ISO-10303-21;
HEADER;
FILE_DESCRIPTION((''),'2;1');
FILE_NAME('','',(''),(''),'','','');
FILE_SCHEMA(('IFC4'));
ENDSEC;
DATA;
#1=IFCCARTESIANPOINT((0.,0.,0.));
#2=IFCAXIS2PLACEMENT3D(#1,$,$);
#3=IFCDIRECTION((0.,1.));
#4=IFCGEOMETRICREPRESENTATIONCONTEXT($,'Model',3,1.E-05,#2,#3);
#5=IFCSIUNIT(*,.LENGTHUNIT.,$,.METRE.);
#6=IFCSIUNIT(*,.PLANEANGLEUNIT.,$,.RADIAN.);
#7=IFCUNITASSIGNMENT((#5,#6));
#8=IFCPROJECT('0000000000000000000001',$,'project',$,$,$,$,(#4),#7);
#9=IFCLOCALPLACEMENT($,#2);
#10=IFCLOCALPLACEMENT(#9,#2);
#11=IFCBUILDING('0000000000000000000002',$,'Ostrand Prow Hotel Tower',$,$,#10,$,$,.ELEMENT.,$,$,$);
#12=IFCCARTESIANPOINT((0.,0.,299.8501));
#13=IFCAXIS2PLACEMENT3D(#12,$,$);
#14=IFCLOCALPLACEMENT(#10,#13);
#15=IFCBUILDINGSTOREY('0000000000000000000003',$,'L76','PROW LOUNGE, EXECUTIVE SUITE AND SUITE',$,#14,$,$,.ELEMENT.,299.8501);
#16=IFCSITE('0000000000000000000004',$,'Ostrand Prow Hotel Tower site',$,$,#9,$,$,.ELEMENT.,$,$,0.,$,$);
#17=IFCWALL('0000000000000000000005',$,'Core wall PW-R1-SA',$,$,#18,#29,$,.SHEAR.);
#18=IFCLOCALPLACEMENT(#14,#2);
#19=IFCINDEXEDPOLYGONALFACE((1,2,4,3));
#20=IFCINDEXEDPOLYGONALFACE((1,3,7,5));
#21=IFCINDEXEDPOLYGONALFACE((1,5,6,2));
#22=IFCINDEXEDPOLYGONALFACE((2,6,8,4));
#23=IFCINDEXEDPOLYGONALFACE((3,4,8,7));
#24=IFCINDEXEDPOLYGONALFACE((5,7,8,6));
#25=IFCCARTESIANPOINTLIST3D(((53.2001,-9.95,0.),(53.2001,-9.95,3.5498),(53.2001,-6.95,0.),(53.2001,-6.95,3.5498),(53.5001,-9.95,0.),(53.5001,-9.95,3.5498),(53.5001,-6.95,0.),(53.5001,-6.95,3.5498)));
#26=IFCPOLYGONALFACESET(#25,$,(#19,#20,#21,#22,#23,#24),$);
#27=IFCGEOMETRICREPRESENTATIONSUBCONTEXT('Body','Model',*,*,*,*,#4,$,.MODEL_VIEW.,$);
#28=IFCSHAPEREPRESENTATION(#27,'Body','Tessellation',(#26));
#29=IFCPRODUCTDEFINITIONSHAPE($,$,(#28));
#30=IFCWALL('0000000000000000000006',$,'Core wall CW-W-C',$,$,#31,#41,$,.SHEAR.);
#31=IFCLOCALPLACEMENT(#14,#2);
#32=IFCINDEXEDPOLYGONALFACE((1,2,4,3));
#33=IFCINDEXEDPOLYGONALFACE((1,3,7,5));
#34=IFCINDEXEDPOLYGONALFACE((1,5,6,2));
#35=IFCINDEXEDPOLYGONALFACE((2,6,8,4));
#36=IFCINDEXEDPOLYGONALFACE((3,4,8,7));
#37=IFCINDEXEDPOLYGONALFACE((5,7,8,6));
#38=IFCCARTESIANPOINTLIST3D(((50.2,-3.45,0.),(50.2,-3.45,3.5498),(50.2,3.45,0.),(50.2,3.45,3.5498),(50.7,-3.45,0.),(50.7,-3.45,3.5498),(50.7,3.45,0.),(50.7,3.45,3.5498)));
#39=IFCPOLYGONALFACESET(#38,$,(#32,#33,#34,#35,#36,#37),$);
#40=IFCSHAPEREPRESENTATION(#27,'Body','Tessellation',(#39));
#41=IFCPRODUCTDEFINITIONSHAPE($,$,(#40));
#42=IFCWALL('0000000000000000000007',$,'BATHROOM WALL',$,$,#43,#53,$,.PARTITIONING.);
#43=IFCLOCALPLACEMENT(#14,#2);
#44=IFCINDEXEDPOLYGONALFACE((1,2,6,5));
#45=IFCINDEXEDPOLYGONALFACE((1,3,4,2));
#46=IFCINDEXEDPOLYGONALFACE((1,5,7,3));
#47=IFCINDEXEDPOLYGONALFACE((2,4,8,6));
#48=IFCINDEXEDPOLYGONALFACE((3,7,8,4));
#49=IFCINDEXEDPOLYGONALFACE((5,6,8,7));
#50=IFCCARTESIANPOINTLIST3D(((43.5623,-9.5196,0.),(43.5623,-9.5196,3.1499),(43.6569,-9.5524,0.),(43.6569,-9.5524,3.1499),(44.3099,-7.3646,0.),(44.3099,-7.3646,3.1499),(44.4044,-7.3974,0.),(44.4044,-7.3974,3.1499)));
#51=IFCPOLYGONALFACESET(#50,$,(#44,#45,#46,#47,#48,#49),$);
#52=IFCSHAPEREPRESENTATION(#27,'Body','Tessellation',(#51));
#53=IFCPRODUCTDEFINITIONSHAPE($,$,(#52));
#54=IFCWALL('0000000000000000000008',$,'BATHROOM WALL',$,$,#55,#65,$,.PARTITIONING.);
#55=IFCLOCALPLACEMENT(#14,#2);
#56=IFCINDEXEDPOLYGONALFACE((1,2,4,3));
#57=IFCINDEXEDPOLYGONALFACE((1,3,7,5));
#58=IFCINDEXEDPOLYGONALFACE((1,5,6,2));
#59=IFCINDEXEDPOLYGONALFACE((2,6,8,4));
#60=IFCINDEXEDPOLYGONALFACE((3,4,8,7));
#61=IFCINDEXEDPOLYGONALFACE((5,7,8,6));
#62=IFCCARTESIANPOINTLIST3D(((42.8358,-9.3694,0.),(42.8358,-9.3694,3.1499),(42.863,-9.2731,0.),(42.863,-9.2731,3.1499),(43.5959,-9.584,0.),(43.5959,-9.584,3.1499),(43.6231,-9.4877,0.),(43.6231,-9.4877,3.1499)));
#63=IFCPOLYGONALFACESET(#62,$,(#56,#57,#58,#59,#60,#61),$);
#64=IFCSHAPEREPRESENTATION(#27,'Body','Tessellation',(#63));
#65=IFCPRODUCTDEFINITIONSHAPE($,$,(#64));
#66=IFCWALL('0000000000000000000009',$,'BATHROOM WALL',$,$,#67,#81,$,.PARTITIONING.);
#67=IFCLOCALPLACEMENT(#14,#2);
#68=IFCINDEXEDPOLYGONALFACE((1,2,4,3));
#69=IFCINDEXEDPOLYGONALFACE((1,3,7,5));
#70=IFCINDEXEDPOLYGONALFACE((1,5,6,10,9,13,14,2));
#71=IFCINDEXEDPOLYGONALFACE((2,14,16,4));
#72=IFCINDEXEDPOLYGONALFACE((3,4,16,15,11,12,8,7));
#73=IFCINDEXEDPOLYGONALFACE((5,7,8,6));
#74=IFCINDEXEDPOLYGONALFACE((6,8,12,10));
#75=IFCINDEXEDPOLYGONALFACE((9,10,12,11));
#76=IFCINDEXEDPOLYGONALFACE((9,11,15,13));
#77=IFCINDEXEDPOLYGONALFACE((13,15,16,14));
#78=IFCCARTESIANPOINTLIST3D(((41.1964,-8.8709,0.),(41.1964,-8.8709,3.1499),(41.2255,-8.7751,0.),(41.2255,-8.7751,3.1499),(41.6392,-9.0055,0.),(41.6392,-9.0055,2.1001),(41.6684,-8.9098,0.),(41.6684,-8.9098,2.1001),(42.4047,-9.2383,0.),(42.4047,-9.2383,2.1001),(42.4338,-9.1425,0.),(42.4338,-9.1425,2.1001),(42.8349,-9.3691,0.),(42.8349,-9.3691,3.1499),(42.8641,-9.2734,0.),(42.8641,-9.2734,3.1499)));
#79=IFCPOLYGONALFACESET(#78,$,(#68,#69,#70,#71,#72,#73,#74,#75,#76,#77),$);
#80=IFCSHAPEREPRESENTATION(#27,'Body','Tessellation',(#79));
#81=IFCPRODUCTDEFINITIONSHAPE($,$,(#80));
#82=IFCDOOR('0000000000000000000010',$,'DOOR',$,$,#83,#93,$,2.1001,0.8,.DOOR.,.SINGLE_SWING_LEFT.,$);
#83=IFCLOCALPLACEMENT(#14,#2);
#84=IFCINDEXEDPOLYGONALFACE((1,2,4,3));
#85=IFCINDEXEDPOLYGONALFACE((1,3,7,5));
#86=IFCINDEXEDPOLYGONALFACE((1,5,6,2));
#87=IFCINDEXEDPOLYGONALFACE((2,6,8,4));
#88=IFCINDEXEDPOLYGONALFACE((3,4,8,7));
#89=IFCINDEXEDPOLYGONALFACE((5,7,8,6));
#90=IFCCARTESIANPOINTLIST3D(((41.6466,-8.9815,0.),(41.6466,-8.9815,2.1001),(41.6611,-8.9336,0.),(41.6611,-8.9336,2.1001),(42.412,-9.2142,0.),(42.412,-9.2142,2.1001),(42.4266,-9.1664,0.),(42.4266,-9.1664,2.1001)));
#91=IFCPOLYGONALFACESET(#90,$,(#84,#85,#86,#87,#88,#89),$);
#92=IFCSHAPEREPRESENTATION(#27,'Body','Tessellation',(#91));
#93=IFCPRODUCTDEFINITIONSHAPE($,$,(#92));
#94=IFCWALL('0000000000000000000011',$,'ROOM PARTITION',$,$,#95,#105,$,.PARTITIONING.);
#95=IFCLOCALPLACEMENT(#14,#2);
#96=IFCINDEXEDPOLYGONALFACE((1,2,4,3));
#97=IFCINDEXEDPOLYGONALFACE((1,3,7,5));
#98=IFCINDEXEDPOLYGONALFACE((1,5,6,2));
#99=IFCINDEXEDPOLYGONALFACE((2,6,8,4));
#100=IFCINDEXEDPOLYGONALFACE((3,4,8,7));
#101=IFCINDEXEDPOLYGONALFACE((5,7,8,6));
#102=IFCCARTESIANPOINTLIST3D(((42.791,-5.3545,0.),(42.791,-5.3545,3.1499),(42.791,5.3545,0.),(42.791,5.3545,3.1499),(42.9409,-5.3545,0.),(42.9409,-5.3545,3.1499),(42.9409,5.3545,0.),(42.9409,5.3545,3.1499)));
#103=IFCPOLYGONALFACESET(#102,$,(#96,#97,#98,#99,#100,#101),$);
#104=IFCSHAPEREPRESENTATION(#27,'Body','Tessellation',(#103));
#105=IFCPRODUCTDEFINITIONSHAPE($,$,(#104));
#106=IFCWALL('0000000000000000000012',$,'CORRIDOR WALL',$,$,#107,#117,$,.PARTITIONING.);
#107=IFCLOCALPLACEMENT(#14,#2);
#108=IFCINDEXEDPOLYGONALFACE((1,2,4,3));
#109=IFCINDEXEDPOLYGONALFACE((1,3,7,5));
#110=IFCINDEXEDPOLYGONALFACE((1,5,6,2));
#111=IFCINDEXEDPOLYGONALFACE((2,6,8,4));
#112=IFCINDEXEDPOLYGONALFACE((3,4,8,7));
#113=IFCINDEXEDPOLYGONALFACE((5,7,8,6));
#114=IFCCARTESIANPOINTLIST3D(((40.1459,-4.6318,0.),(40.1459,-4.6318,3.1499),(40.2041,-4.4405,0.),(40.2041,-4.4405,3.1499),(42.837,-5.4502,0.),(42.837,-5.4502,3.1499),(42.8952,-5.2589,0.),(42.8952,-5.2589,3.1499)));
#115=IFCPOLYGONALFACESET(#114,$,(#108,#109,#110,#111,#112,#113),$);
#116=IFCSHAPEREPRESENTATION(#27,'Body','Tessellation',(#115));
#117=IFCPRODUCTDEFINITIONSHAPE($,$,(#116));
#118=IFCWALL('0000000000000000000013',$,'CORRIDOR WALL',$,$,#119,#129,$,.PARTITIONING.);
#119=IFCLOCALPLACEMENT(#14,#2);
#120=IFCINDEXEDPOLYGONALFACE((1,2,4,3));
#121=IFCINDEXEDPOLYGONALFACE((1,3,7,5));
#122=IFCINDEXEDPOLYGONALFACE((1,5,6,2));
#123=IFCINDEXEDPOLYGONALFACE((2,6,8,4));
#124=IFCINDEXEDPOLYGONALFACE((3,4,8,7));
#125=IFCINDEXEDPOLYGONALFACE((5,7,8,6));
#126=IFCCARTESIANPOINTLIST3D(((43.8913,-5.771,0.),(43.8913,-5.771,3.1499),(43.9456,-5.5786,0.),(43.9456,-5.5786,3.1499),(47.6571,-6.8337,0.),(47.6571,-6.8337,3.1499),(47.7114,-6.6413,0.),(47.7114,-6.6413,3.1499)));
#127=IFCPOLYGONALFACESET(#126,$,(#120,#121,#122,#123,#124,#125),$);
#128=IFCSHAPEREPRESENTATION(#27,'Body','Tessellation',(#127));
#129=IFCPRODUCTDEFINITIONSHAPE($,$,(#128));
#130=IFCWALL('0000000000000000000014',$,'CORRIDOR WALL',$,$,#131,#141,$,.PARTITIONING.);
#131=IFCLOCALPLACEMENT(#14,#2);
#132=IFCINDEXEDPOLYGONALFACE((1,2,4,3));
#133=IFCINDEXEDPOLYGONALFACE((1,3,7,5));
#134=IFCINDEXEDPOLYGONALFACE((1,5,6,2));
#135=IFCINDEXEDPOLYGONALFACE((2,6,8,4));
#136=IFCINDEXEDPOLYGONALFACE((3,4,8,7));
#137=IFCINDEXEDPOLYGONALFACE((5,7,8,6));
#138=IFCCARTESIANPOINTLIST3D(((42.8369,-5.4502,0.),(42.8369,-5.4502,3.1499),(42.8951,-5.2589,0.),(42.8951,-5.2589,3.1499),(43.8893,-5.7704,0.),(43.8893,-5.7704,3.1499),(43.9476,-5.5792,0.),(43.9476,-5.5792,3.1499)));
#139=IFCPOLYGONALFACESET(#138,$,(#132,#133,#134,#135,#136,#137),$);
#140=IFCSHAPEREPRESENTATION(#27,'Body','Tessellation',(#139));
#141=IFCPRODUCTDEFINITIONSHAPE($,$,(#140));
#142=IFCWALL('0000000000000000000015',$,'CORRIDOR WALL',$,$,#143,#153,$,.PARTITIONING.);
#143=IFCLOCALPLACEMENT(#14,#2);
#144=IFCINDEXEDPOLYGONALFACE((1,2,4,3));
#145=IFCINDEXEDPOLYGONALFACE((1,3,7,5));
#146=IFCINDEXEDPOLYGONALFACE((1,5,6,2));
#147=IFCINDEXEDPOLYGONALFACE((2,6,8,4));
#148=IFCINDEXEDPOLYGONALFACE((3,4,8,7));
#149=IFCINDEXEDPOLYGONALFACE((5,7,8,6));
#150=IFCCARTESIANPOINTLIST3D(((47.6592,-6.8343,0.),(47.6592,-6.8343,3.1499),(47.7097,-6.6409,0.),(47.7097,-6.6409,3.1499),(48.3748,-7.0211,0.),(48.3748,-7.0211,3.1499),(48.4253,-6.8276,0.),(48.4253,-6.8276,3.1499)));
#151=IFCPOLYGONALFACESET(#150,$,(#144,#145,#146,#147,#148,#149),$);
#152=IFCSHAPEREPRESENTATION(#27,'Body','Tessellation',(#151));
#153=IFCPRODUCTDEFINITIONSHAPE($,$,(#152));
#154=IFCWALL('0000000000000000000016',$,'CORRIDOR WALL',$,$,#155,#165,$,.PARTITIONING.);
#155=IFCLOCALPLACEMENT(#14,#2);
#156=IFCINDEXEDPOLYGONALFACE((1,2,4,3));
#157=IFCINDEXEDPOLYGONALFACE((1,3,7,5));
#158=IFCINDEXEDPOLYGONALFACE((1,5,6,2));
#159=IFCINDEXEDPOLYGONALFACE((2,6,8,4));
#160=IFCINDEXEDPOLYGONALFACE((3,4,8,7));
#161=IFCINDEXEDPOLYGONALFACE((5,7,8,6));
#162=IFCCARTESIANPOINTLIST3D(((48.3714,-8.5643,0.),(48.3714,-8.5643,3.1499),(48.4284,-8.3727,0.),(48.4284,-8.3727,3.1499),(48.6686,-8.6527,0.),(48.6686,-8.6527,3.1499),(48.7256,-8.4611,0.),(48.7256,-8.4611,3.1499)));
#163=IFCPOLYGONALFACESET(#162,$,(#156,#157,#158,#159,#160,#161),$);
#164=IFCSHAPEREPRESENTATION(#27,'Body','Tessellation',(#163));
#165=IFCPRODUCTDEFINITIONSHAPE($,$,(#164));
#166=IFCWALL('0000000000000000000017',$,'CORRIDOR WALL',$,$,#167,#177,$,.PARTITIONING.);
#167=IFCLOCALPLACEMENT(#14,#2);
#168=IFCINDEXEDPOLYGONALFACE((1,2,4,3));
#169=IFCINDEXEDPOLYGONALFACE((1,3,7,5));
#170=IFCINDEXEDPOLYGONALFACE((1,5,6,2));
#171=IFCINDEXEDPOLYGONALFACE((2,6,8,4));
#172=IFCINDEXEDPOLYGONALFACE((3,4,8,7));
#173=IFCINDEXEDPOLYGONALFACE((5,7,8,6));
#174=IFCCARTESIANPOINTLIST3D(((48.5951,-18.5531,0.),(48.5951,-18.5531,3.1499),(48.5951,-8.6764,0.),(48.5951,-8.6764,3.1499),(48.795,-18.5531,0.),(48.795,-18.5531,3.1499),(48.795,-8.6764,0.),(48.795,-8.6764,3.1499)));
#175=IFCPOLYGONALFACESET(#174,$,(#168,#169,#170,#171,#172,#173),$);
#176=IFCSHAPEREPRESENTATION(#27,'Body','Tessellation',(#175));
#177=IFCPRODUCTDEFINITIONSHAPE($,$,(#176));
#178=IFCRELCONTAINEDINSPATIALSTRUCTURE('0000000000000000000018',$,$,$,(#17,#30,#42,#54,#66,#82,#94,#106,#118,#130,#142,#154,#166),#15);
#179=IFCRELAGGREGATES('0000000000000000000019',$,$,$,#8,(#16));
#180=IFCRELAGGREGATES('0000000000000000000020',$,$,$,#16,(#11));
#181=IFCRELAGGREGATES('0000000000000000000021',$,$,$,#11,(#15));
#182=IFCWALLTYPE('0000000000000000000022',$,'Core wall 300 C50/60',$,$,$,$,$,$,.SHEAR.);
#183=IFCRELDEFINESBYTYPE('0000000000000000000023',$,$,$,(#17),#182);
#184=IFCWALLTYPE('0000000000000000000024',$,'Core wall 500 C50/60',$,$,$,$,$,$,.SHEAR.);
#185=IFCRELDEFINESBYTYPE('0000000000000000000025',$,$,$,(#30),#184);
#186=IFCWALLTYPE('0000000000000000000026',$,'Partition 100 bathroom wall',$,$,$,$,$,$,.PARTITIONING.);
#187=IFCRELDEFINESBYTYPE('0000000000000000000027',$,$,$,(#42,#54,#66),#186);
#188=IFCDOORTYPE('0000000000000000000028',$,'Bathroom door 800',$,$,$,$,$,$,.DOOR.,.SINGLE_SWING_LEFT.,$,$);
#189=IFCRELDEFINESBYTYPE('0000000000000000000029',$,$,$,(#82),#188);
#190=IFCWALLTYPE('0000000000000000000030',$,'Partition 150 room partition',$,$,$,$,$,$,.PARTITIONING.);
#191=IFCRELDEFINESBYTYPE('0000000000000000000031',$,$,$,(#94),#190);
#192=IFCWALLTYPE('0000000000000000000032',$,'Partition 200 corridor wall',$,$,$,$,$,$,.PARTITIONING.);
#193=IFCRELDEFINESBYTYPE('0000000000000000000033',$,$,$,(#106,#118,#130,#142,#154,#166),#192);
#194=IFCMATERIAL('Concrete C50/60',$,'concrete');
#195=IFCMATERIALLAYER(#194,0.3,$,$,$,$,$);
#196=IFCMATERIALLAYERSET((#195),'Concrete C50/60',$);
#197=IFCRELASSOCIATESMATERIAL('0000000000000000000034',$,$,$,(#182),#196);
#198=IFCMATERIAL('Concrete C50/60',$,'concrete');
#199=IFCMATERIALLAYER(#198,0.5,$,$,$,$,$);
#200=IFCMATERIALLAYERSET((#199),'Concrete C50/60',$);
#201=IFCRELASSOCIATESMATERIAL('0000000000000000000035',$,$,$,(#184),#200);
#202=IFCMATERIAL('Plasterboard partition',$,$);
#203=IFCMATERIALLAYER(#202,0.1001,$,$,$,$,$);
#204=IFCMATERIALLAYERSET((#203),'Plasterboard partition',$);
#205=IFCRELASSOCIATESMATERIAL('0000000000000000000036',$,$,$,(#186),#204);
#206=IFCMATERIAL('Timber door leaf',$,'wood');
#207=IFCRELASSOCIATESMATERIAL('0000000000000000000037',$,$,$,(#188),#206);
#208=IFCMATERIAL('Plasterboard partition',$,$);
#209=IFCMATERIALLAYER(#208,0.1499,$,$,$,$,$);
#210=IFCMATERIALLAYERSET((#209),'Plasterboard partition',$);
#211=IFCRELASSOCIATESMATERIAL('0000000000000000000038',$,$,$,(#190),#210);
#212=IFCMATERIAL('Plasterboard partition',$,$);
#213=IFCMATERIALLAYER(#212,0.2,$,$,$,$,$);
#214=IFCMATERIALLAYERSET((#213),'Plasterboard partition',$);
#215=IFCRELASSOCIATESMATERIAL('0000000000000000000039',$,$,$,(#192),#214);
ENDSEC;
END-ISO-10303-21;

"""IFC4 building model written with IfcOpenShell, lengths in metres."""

from ifc_helpers import new_model, si_unit, direction, frame, frame_2d, origin, place, context, subcontext, project, spatial, rectangle, extrude, material, layer, layer_set, type_object, element, fill, save


model = new_model("IFC4")

# Units and contexts
model_context = context("Model", 3, precision=1e-05, world=origin(), true_north=direction((0.0, 1.0)))
body_context = subcontext(model_context, "Body", "Model", "MODEL_VIEW")
ifc_project = project(units=[si_unit("LENGTHUNIT", "METRE"), si_unit("PLANEANGLEUNIT", "RADIAN")], contexts=[model_context])

# Site, building, storey
site_placement = place(None, origin())
site = spatial("IfcSite", under=ifc_project, at=site_placement, Name="Ostrand Prow Hotel Tower site", CompositionType="ELEMENT", RefElevation=0.0)
building_placement = place(site_placement, origin())
building = spatial("IfcBuilding", under=site, at=building_placement, Name="Ostrand Prow Hotel Tower", CompositionType="ELEMENT")
storey_placement = place(building_placement, frame((0.0, 0.0, 299.8501)))
storey = spatial("IfcBuildingStorey", under=building, at=storey_placement, Name="L76", Description="PROW LOUNGE, EXECUTIVE SUITE AND SUITE", CompositionType="ELEMENT", Elevation=299.8501)

# Shared definitions
ifc_material_1 = material(Name="Concrete C50/60", Category="concrete")
ifc_layer_1 = layer(ifc_material_1, 0.3)
ifc_layer_set_1 = layer_set([ifc_layer_1], Name="Concrete C50/60")
wall_type_1 = type_object("IfcWallType", Name="Core wall 300 C50/60", PredefinedType="SHEAR", material=ifc_layer_set_1)

# Walls
for number, where, z_axis, x_axis, name in (
    (1, (53.3501, -9.95, 0.0), (0.0, 0.0, 1.0), (0.0, 1.0, 0.0), "Core wall PW-R1-SA"),
):
    element("IfcWall", number, at=place(storey_placement, frame(where, z_axis=z_axis, x_axis=x_axis)), inside=storey, type_object=wall_type_1, Name=name, PredefinedType="SHEAR", context=body_context, shape_type="SweptSolid", body=[
        extrude(rectangle(XDim=3.0, YDim=0.3, at=frame_2d((1.5, 0.0))), origin(), (0.0, 0.0, 1.0), 3.5498),
    ])
ifc_material_2 = material(Name="Concrete C50/60", Category="concrete")
ifc_layer_2 = layer(ifc_material_2, 0.5)
ifc_layer_set_2 = layer_set([ifc_layer_2], Name="Concrete C50/60")
wall_type_2 = type_object("IfcWallType", Name="Core wall 500 C50/60", PredefinedType="SHEAR", material=ifc_layer_set_2)
wall_1_placement = place(storey_placement, frame((50.45, -3.45, 0.0), z_axis=(0.0, 0.0, 1.0), x_axis=(0.0, 1.0, 0.0)))
element("IfcWall", 2, at=wall_1_placement, inside=storey, type_object=wall_type_2, Name="Core wall CW-W-C", PredefinedType="SHEAR", context=body_context, shape_type="SweptSolid", body=[
    extrude(rectangle(XDim=6.8999, YDim=0.5, at=frame_2d((3.45, 0.0))), origin(), (0.0, 0.0, 1.0), 3.5498),
])
ifc_material_3 = material(Name="Plasterboard partition")
ifc_layer_3 = layer(ifc_material_3, 0.1001)
ifc_layer_set_3 = layer_set([ifc_layer_3], Name="Plasterboard partition")
wall_type_3 = type_object("IfcWallType", Name="Partition 100 bathroom wall", PredefinedType="PARTITIONING", material=ifc_layer_set_3)
wall_2_placement = place(storey_placement, frame((44.3572, -7.3809, 0.0), z_axis=(0.0, 0.0, 1.0), x_axis=(-0.327732, -0.944771, 0.0)))
element("IfcWall", 3, at=wall_2_placement, inside=storey, type_object=wall_type_3, Name="BATHROOM WALL", PredefinedType="PARTITIONING", context=body_context, shape_type="SweptSolid", body=[
    extrude(rectangle(XDim=2.281, YDim=0.1001, at=frame_2d((1.1406, 0.0))), origin(), (0.0, 0.0, 1.0), 3.1499),
])
wall_3_placement = place(storey_placement, frame((43.6096, -9.5359, 0.0), z_axis=(0.0, 0.0, 1.0), x_axis=(-0.962371, 0.271739, 0.0)))
element("IfcWall", 4, at=wall_3_placement, inside=storey, type_object=wall_type_3, Name="BATHROOM WALL", PredefinedType="PARTITIONING", context=body_context, shape_type="SweptSolid", body=[
    extrude(rectangle(XDim=0.7898, YDim=0.1001, at=frame_2d((0.395, 0.0))), origin(), (0.0, 0.0, 1.0), 3.1499),
])

# Wall, opening, door
wall_4_placement = place(storey_placement, frame((42.8496, -9.3213, 0.0), z_axis=(0.0, 0.0, 1.0), x_axis=(-0.956745, 0.290929, 0.0)))
wall_4 = element("IfcWall", 5, at=wall_4_placement, inside=storey, type_object=wall_type_3, Name="BATHROOM WALL", PredefinedType="PARTITIONING", context=body_context, shape_type="SweptSolid", body=[
    extrude(rectangle(XDim=1.7126, YDim=0.1001, at=frame_2d((0.8564, 0.0))), origin(), (0.0, 0.0, 1.0), 3.1499),
])
opening_1_placement = place(wall_4_placement, frame((0.45, 0.0, 0.0)))
opening_1 = element("IfcOpeningElement", 6, at=opening_1_placement, cuts=wall_4, PredefinedType="OPENING", context=body_context, shape_type="SweptSolid", body=[
    extrude(rectangle(XDim=0.8, YDim=2.1001, at=frame_2d((0.3999, 1.05))), frame((0.0, 0.0601, 0.0), z_axis=(0.0, -1.0, 0.0), x_axis=(1.0, 0.0, 0.0)), (0.0, 0.0, 1.0), 0.1201),
])
ifc_material_4 = material(Name="Timber door leaf", Category="wood")
door_type_1 = type_object("IfcDoorType", Name="Bathroom door 800", OperationType="SINGLE_SWING_LEFT", PredefinedType="DOOR", material=ifc_material_4)
door_1_placement = place(opening_1_placement, origin())
door_1 = element("IfcDoor", 7, at=door_1_placement, inside=storey, type_object=door_type_1, Name="DOOR", OperationType="SINGLE_SWING_LEFT", OverallHeight=2.1001, OverallWidth=0.8, PredefinedType="DOOR", context=body_context, shape_type="SweptSolid", body=[
    extrude(rectangle(XDim=0.8, YDim=2.1001, at=frame_2d((0.3999, 1.05))), frame((0.0, 0.0249, 0.0), z_axis=(0.0, -1.0, 0.0), x_axis=(1.0, 0.0, 0.0)), (0.0, 0.0, 1.0), 0.05),
])
fill(opening_1, door_1)

# Walls
ifc_material_5 = material(Name="Plasterboard partition")
ifc_layer_4 = layer(ifc_material_5, 0.1499)
ifc_layer_set_4 = layer_set([ifc_layer_4], Name="Plasterboard partition")
wall_type_4 = type_object("IfcWallType", Name="Partition 150 room partition", PredefinedType="PARTITIONING", material=ifc_layer_set_4)
wall_5_placement = place(storey_placement, frame((42.866, -5.3545, 0.0), z_axis=(0.0, 0.0, 1.0), x_axis=(0.0, 1.0, 0.0)))
element("IfcWall", 8, at=wall_5_placement, inside=storey, type_object=wall_type_4, Name="ROOM PARTITION", PredefinedType="PARTITIONING", context=body_context, shape_type="SweptSolid", body=[
    extrude(rectangle(XDim=10.709, YDim=0.1499, at=frame_2d((5.3545, 0.0))), origin(), (0.0, 0.0, 1.0), 3.1499),
])
ifc_material_6 = material(Name="Plasterboard partition")
ifc_layer_5 = layer(ifc_material_6, 0.2)
ifc_layer_set_5 = layer_set([ifc_layer_5], Name="Plasterboard partition")
wall_type_5 = type_object("IfcWallType", Name="Partition 200 corridor wall", PredefinedType="PARTITIONING", material=ifc_layer_set_5)
wall_6_placement = place(storey_placement, frame((42.866, -5.3545, 0.0), z_axis=(0.0, 0.0, 1.0), x_axis=(-0.956742, 0.290937, 0.0)))
element("IfcWall", 9, at=wall_6_placement, inside=storey, type_object=wall_type_5, Name="CORRIDOR WALL", PredefinedType="PARTITIONING", context=body_context, shape_type="SweptSolid", body=[
    extrude(rectangle(XDim=2.8127, YDim=0.2, at=frame_2d((1.4062, 0.0))), origin(), (0.0, 0.0, 1.0), 3.1499),
])
wall_7_placement = place(storey_placement, frame((47.6843, -6.7375, 0.0), z_axis=(0.0, 0.0, 1.0), x_axis=(-0.962411, 0.271596, 0.0)))
element("IfcWall", 10, at=wall_7_placement, inside=storey, type_object=wall_type_5, Name="CORRIDOR WALL", PredefinedType="PARTITIONING", context=body_context, shape_type="SweptSolid", body=[
    extrude(rectangle(XDim=3.9128, YDim=0.2, at=frame_2d((1.9565, 0.0))), origin(), (0.0, 0.0, 1.0), 3.1499),
])
wall_8_placement = place(storey_placement, frame((43.9185, -5.6748, 0.0), z_axis=(0.0, 0.0, 1.0), x_axis=(-0.956677, 0.291153, 0.0)))
element("IfcWall", 11, at=wall_8_placement, inside=storey, type_object=wall_type_5, Name="CORRIDOR WALL", PredefinedType="PARTITIONING", context=body_context, shape_type="SweptSolid", body=[
    extrude(rectangle(XDim=1.1001, YDim=0.2, at=frame_2d((0.55, 0.0))), origin(), (0.0, 0.0, 1.0), 3.1499),
])
wall_9_placement = place(storey_placement, frame((48.3999, -6.9243, 0.0), z_axis=(0.0, 0.0, 1.0), x_axis=(-0.967586, 0.252543, 0.0)))
element("IfcWall", 12, at=wall_9_placement, inside=storey, type_object=wall_type_5, Name="CORRIDOR WALL", PredefinedType="PARTITIONING", context=body_context, shape_type="SweptSolid", body=[
    extrude(rectangle(XDim=0.7395, YDim=0.2, at=frame_2d((0.3696, 0.0))), origin(), (0.0, 0.0, 1.0), 3.1499),
])
wall_10_placement = place(storey_placement, frame((48.3999, -8.4685, 0.0), z_axis=(0.0, 0.0, 1.0), x_axis=(0.958496, -0.285107, 0.0)))
element("IfcWall", 13, at=wall_10_placement, inside=storey, type_object=wall_type_5, Name="CORRIDOR WALL", PredefinedType="PARTITIONING", context=body_context, shape_type="SweptSolid", body=[
    extrude(rectangle(XDim=0.3101, YDim=0.2, at=frame_2d((0.155, 0.0))), origin(), (0.0, 0.0, 1.0), 3.1499),
])
wall_11_placement = place(storey_placement, frame((48.6951, -8.6763, 0.0), z_axis=(0.0, 0.0, 1.0), x_axis=(0.0, -1.0, 0.0)))
element("IfcWall", 14, at=wall_11_placement, inside=storey, type_object=wall_type_5, Name="CORRIDOR WALL", PredefinedType="PARTITIONING", context=body_context, shape_type="SweptSolid", body=[
    extrude(rectangle(XDim=9.8767, YDim=0.2, at=frame_2d((4.9385, 0.0))), origin(), (0.0, 0.0, 1.0), 3.1499),
])

save(model, "model.ifc")
